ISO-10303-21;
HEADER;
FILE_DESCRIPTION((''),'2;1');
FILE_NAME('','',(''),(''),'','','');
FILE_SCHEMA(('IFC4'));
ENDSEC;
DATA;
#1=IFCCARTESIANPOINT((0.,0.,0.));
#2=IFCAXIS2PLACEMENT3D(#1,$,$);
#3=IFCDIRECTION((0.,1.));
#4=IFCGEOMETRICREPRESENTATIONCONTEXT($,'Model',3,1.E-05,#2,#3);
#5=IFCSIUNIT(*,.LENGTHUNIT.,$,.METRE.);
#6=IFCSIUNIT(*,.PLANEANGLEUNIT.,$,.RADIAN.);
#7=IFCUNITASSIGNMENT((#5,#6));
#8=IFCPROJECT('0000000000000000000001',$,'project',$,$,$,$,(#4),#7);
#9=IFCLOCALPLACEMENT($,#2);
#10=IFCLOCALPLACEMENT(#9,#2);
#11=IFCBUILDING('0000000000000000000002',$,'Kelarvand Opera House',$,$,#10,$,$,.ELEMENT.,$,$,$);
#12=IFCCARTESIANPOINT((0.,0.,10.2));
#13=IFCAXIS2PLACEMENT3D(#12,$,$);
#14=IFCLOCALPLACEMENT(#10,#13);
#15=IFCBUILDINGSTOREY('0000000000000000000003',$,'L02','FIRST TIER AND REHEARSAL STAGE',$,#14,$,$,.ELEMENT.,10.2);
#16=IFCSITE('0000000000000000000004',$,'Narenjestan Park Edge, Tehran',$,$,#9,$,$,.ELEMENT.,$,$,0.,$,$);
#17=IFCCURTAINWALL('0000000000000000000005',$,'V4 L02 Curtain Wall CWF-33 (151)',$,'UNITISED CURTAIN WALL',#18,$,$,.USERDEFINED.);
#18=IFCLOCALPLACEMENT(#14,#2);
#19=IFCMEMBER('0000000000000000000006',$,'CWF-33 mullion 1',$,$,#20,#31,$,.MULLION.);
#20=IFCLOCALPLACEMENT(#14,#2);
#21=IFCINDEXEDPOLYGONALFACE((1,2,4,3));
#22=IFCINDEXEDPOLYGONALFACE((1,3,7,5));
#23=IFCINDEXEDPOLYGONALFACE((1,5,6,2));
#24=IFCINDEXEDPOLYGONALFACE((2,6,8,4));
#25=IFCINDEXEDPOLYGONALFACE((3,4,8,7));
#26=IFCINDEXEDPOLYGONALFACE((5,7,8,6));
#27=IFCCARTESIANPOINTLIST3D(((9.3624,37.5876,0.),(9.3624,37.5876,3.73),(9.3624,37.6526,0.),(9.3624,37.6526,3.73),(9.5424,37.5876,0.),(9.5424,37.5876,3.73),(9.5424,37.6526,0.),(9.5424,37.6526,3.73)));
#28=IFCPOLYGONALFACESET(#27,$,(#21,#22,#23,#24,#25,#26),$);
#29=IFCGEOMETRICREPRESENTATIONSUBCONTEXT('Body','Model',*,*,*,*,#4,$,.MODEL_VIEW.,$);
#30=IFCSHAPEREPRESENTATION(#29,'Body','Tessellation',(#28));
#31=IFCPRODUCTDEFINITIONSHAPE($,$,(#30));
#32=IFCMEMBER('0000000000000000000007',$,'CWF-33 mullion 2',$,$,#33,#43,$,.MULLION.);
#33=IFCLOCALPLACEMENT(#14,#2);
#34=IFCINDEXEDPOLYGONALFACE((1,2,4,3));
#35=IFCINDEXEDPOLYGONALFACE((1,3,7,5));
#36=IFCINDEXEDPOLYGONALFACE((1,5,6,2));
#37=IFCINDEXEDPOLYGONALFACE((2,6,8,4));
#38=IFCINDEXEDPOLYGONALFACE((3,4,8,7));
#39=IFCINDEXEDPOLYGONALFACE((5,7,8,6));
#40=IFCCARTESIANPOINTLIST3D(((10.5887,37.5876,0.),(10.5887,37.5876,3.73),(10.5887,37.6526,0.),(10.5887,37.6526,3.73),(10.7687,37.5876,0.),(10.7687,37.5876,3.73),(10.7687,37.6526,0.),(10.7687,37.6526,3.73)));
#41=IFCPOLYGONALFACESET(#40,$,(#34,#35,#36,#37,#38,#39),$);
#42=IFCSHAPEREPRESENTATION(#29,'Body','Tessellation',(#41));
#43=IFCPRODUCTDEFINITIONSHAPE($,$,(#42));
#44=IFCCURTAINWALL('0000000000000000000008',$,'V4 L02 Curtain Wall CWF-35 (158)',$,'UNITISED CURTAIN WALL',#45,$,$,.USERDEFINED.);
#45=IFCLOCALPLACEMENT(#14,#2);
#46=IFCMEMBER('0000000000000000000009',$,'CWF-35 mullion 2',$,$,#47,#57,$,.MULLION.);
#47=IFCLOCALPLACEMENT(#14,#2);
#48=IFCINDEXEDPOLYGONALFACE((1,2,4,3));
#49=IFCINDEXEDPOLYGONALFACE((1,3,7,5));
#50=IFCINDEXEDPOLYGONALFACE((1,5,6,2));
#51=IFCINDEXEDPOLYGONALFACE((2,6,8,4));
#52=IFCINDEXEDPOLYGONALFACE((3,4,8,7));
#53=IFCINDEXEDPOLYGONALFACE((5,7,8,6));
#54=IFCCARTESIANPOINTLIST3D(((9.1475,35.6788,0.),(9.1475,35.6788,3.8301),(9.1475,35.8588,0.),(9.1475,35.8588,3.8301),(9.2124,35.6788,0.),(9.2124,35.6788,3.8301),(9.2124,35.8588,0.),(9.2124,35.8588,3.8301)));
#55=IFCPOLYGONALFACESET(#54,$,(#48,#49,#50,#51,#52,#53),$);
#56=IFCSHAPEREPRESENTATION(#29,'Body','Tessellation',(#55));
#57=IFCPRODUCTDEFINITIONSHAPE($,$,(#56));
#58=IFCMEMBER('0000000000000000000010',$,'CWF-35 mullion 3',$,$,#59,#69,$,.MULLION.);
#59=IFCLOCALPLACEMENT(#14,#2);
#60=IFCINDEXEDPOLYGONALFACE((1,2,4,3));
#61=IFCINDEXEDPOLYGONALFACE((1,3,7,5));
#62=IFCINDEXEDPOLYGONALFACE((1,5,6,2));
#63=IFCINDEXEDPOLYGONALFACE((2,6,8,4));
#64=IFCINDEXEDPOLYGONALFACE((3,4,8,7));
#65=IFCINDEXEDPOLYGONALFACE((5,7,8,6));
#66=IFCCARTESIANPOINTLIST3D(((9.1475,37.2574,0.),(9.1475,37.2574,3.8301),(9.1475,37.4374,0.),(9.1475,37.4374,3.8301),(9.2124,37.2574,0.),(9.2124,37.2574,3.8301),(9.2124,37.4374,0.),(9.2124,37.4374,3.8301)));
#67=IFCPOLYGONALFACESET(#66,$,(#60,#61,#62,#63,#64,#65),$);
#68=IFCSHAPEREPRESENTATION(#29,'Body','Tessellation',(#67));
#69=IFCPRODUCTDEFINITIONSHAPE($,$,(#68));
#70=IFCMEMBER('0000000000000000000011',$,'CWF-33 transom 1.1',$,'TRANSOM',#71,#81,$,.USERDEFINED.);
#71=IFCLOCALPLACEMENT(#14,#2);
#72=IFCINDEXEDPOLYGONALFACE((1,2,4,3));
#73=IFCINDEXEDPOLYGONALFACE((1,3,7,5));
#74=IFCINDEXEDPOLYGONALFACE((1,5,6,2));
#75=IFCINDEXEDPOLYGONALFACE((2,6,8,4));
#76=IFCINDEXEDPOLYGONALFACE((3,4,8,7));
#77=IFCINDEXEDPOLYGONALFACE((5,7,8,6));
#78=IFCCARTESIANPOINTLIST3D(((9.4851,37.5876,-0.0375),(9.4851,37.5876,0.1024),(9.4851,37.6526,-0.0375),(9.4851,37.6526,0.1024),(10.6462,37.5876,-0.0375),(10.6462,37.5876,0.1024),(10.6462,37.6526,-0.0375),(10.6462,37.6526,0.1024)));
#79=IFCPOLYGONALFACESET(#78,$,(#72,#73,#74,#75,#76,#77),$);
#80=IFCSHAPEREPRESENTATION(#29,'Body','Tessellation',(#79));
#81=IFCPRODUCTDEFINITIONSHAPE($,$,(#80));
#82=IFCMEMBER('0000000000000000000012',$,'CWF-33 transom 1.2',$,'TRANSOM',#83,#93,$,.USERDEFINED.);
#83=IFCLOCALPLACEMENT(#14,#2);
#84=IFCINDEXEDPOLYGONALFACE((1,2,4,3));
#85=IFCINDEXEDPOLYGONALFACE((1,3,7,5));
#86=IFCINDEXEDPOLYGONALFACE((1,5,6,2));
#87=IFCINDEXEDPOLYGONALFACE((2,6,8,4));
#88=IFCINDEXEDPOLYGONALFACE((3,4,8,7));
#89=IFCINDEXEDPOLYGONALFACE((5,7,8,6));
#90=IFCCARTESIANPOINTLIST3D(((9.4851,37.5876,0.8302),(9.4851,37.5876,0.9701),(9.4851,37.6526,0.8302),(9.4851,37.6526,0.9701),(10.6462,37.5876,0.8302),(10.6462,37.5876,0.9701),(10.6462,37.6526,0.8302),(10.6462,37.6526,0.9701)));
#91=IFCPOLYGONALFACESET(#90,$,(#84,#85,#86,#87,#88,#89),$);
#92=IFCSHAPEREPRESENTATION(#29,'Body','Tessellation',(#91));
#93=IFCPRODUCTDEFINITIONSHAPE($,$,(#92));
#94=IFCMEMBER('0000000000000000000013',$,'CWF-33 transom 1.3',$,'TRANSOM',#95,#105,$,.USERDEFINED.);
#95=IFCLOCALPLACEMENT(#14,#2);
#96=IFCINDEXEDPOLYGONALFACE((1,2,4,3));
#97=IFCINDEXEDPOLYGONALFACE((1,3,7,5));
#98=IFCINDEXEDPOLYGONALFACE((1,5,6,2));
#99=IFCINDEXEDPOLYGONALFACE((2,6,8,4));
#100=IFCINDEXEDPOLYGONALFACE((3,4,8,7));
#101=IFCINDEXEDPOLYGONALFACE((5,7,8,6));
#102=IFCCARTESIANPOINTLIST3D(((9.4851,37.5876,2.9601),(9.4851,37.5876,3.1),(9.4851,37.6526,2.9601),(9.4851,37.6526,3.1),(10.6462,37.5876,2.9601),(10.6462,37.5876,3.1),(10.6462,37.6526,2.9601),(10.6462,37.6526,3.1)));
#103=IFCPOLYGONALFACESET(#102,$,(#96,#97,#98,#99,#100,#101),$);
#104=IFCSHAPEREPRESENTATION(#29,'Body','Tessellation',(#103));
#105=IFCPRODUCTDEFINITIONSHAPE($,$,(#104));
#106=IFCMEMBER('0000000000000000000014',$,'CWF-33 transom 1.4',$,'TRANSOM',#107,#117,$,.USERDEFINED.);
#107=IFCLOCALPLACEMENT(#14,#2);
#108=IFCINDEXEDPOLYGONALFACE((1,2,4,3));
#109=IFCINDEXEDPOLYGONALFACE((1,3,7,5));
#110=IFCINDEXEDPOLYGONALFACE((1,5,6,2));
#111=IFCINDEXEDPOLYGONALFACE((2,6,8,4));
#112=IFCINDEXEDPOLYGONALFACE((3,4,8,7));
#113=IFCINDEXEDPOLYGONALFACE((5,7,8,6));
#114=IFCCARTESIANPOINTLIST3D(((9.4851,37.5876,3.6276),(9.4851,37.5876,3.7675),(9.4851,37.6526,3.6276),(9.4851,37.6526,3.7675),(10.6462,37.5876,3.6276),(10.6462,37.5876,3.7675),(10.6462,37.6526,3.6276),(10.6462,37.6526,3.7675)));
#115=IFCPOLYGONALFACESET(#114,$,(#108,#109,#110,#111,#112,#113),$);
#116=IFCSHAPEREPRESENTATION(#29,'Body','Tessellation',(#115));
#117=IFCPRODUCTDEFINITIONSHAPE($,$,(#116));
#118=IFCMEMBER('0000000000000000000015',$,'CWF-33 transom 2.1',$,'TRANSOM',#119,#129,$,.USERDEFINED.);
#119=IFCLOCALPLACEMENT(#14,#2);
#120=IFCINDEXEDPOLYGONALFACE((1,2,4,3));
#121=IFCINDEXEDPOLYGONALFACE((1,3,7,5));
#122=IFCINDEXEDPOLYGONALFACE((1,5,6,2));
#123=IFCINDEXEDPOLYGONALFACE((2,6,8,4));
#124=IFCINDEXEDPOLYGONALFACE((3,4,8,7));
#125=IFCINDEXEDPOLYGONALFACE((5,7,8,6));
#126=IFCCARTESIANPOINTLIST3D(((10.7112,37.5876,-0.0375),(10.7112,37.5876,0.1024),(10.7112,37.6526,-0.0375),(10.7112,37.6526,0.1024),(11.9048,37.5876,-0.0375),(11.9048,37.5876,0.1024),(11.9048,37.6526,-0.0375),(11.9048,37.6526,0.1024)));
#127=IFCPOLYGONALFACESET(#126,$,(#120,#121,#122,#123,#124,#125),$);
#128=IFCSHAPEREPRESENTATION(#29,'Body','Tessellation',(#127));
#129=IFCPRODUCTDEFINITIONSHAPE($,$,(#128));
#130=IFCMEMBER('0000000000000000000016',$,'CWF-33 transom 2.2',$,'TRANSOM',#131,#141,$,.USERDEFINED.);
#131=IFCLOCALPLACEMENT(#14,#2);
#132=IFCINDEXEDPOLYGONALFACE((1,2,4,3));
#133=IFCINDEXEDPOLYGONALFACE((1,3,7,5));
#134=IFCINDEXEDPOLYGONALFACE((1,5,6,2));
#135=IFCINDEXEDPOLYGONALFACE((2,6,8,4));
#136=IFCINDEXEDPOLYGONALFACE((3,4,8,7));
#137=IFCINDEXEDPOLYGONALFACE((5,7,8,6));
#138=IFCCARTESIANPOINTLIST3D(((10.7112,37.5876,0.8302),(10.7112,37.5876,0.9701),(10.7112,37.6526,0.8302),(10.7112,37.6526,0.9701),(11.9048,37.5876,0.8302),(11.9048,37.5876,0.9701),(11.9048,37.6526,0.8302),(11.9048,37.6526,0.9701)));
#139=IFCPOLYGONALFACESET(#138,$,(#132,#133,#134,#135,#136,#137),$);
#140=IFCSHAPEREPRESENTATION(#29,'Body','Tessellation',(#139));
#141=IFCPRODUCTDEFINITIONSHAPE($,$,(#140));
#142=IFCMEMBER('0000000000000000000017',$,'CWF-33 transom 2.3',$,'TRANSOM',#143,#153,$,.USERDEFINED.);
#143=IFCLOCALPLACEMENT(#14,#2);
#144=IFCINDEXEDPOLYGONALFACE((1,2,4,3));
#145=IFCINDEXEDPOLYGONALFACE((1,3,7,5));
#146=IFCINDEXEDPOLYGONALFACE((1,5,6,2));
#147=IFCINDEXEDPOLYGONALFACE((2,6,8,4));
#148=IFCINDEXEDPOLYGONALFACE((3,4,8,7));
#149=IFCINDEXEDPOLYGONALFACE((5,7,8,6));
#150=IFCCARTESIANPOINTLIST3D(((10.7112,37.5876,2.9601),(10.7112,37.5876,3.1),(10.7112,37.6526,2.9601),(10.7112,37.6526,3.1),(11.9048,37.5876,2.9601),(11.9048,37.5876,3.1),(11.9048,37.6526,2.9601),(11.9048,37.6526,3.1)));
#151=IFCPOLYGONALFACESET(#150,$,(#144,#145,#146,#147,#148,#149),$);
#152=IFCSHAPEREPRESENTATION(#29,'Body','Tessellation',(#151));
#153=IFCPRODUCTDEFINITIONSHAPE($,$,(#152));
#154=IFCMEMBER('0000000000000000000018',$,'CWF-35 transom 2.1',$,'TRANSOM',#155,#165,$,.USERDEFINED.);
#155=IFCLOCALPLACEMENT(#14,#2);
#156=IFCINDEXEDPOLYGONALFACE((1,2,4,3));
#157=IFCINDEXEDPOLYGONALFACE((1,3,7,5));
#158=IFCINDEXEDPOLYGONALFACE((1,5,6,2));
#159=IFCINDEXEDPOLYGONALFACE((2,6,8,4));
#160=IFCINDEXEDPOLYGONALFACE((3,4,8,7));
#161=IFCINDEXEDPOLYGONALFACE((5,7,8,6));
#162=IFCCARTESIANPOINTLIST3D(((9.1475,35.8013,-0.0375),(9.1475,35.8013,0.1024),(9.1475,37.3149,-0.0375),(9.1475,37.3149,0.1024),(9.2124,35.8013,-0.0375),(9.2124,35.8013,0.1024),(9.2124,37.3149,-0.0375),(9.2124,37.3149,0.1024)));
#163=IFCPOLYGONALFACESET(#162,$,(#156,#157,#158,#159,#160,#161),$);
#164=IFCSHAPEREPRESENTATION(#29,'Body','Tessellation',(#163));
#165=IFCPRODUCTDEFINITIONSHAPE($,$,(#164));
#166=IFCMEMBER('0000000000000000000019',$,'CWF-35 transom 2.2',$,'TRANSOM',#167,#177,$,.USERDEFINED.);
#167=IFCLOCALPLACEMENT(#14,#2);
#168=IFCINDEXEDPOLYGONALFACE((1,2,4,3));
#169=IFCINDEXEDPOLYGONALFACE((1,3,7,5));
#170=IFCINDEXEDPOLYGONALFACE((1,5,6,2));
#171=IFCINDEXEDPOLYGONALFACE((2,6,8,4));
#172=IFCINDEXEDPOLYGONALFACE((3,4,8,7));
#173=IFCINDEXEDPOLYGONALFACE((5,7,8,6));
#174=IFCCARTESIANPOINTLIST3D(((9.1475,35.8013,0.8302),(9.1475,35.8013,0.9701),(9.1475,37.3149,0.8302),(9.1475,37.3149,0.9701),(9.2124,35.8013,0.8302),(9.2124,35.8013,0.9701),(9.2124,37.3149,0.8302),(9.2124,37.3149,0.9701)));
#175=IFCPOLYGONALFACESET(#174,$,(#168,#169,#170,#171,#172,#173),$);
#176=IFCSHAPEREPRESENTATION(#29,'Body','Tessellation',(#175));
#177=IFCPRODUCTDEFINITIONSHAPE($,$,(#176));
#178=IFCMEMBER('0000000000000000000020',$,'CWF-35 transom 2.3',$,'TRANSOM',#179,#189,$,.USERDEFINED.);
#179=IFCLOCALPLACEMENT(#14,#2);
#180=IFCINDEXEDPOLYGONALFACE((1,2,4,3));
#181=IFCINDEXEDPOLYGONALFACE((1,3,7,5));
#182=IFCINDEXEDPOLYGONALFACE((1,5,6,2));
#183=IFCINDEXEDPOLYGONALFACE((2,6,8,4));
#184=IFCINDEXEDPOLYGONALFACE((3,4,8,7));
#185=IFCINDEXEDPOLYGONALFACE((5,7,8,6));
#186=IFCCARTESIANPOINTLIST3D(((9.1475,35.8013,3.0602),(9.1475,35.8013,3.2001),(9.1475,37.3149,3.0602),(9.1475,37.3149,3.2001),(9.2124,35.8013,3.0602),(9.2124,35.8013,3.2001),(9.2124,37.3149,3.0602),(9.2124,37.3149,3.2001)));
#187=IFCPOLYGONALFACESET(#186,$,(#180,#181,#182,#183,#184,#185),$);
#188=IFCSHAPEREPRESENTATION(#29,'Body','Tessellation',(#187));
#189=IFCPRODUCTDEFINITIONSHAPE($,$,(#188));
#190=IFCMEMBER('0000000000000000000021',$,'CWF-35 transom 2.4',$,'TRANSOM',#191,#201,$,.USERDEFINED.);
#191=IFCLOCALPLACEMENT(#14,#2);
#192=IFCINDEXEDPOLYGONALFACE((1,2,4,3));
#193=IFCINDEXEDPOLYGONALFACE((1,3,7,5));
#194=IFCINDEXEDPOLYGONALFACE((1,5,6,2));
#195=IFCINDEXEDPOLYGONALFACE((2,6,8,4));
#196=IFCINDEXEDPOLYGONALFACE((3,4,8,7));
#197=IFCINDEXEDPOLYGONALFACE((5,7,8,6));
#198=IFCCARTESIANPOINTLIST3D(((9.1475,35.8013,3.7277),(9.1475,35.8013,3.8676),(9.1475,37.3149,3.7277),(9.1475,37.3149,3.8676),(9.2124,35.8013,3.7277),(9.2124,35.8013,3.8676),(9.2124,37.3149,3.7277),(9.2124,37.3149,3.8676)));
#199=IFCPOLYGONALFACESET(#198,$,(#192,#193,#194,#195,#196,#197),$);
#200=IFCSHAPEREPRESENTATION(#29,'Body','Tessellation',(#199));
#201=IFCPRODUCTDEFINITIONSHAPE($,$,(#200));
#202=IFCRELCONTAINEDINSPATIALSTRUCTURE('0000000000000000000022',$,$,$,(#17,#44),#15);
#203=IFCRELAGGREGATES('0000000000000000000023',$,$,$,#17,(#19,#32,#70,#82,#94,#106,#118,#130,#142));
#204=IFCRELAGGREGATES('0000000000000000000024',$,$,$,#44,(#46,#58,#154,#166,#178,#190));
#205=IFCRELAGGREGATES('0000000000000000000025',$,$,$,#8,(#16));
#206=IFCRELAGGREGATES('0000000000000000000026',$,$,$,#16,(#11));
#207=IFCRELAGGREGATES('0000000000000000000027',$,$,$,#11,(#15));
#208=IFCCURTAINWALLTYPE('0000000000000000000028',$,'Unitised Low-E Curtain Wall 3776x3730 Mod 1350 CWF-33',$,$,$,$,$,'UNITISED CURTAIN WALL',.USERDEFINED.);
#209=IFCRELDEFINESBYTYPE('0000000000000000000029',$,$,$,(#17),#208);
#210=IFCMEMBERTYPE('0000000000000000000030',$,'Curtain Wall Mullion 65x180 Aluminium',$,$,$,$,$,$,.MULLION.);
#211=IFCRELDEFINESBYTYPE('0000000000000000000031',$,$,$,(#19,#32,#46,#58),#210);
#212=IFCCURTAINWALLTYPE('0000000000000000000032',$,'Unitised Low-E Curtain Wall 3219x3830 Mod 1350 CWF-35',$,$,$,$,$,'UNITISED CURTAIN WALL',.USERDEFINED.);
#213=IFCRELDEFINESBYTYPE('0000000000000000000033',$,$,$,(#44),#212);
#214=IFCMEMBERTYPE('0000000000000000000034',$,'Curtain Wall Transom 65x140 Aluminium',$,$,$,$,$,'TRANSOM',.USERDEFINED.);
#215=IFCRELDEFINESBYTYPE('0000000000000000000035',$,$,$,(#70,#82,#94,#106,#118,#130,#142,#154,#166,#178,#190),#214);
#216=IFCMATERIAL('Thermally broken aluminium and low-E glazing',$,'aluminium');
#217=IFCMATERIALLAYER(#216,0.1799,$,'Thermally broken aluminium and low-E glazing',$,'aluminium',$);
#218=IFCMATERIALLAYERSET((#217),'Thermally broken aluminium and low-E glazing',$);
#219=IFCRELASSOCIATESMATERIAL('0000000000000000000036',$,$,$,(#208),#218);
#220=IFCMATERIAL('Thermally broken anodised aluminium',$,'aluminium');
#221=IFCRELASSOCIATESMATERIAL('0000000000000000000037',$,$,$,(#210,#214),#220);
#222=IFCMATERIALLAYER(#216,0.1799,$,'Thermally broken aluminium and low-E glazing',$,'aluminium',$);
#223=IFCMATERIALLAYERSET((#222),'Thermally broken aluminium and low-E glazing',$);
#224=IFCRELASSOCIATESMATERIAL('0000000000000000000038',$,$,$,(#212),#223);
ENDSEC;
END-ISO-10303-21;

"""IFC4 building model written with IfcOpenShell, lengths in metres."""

from ifc_helpers import new_model, si_unit, direction, frame, origin, origin_2d, place, context, subcontext, project, spatial, rectangle, extrude, material, layer, layer_set, material_profile, profile_set, type_object, element, aggregate, save


model = new_model("IFC4")

# Units and contexts
model_context = context("Model", 3, precision=1e-05, world=origin(), true_north=direction((0.0, 1.0)))
body_context = subcontext(model_context, "Body", "Model", "MODEL_VIEW")
ifc_project = project(units=[si_unit("LENGTHUNIT", "METRE"), si_unit("PLANEANGLEUNIT", "RADIAN")], contexts=[model_context])

# Site, building, storey
site_placement = place(None, origin())
site = spatial("IfcSite", under=ifc_project, at=site_placement, Name="Narenjestan Park Edge, Tehran", CompositionType="ELEMENT", RefElevation=0.0)
building_placement = place(site_placement, origin())
building = spatial("IfcBuilding", under=site, at=building_placement, Name="Kelarvand Opera House", CompositionType="ELEMENT")
storey_placement = place(building_placement, frame((0.0, 0.0, 10.2)))
storey = spatial("IfcBuildingStorey", under=building, at=storey_placement, Name="L02", Description="FIRST TIER AND REHEARSAL STAGE", CompositionType="ELEMENT", Elevation=10.2)

# Curtain walls, members
ifc_material_1 = material(Name="Thermally broken aluminium and low-E glazing", Category="aluminium")
ifc_layer_1 = layer(ifc_material_1, 0.1799, Name="Thermally broken aluminium and low-E glazing", Category="aluminium")
ifc_layer_set_1 = layer_set([ifc_layer_1], Name="Thermally broken aluminium and low-E glazing")
curtain_wall_type_1 = type_object("IfcCurtainWallType", Name="Unitised Low-E Curtain Wall 3776x3730 Mod 1350 CWF-33", ElementType="UNITISED CURTAIN WALL", PredefinedType="USERDEFINED", material=ifc_layer_set_1)
curtain_wall_1_placement = place(storey_placement, origin())
curtain_wall_1 = element("IfcCurtainWall", 1, at=curtain_wall_1_placement, inside=storey, type_object=curtain_wall_type_1, Name="V4 L02 Curtain Wall CWF-33 (151)", ObjectType="UNITISED CURTAIN WALL", PredefinedType="USERDEFINED")
ifc_material_2 = material(Name="Thermally broken anodised aluminium", Category="aluminium")
ifc_material_profile_1 = material_profile(ifc_material_2, rectangle(XDim=0.0649, YDim=0.1799, at=origin_2d()), Name="ALU MULLION 65x180", Category="aluminium")
ifc_profile_set_1 = profile_set([ifc_material_profile_1], Name="Thermally broken anodised aluminium")
member_type_1 = type_object("IfcMemberType", Name="Curtain Wall Mullion 65x180 Aluminium", PredefinedType="MULLION", material=ifc_profile_set_1)
member_1_placement = place(storey_placement, frame((9.4524, 37.6201, 0.0), z_axis=(0.0, 0.0, 1.0), x_axis=(0.0, 1.0, 0.0)))
member_1 = element("IfcMember", 2, at=member_1_placement, type_object=member_type_1, Name="CWF-33 mullion 1", PredefinedType="MULLION", context=body_context, shape_type="SweptSolid", body=[
    extrude(rectangle(XDim=0.0649, YDim=0.1799, at=origin_2d()), origin(), (0.0, 0.0, 1.0), 3.73),
])
member_2_placement = place(storey_placement, frame((10.6787, 37.6201, 0.0), z_axis=(0.0, 0.0, 1.0), x_axis=(0.0, 1.0, 0.0)))
member_2 = element("IfcMember", 3, at=member_2_placement, type_object=member_type_1, Name="CWF-33 mullion 2", PredefinedType="MULLION", context=body_context, shape_type="SweptSolid", body=[
    extrude(rectangle(XDim=0.0649, YDim=0.1799, at=origin_2d()), origin(), (0.0, 0.0, 1.0), 3.73),
])
ifc_layer_2 = layer(ifc_material_1, 0.1799, Name="Thermally broken aluminium and low-E glazing", Category="aluminium")
ifc_layer_set_2 = layer_set([ifc_layer_2], Name="Thermally broken aluminium and low-E glazing")
curtain_wall_type_2 = type_object("IfcCurtainWallType", Name="Unitised Low-E Curtain Wall 3219x3830 Mod 1350 CWF-35", ElementType="UNITISED CURTAIN WALL", PredefinedType="USERDEFINED", material=ifc_layer_set_2)
curtain_wall_2_placement = place(storey_placement, origin())
curtain_wall_2 = element("IfcCurtainWall", 4, at=curtain_wall_2_placement, inside=storey, type_object=curtain_wall_type_2, Name="V4 L02 Curtain Wall CWF-35 (158)", ObjectType="UNITISED CURTAIN WALL", PredefinedType="USERDEFINED")
member_3_placement = place(storey_placement, frame((9.1799, 35.7688, 0.0), z_axis=(0.0, 0.0, 1.0), x_axis=(-1.0, 0.0, 0.0)))
member_3 = element("IfcMember", 5, at=member_3_placement, type_object=member_type_1, Name="CWF-35 mullion 2", PredefinedType="MULLION", context=body_context, shape_type="SweptSolid", body=[
    extrude(rectangle(XDim=0.0649, YDim=0.1799, at=origin_2d()), origin(), (0.0, 0.0, 1.0), 3.8301),
])
member_4_placement = place(storey_placement, frame((9.1799, 37.3474, 0.0), z_axis=(0.0, 0.0, 1.0), x_axis=(-1.0, 0.0, 0.0)))
member_4 = element("IfcMember", 6, at=member_4_placement, type_object=member_type_1, Name="CWF-35 mullion 3", PredefinedType="MULLION", context=body_context, shape_type="SweptSolid", body=[
    extrude(rectangle(XDim=0.0649, YDim=0.1799, at=origin_2d()), origin(), (0.0, 0.0, 1.0), 3.8301),
])

# Members
ifc_material_profile_2 = material_profile(ifc_material_2, rectangle(XDim=0.0649, YDim=0.1399, at=origin_2d()), Name="ALU TRANSOM 65x140", Category="aluminium")
ifc_profile_set_2 = profile_set([ifc_material_profile_2], Name="Thermally broken anodised aluminium")
member_type_2 = type_object("IfcMemberType", Name="Curtain Wall Transom 65x140 Aluminium", ElementType="TRANSOM", PredefinedType="USERDEFINED", material=ifc_profile_set_2)
member_5_placement = place(storey_placement, frame((9.4851, 37.6201, 0.0325), z_axis=(1.0, 0.0, 0.0), x_axis=(0.0, 1.0, 0.0)))
member_5 = element("IfcMember", 7, at=member_5_placement, type_object=member_type_2, Name="CWF-33 transom 1.1", ObjectType="TRANSOM", PredefinedType="USERDEFINED", context=body_context, shape_type="SweptSolid", body=[
    extrude(rectangle(XDim=0.0649, YDim=0.1399, at=origin_2d()), origin(), (0.0, 0.0, 1.0), 1.1611),
])
member_6_placement = place(storey_placement, frame((9.4851, 37.6201, 0.9001), z_axis=(1.0, 0.0, 0.0), x_axis=(0.0, 1.0, 0.0)))
member_6 = element("IfcMember", 8, at=member_6_placement, type_object=member_type_2, Name="CWF-33 transom 1.2", ObjectType="TRANSOM", PredefinedType="USERDEFINED", context=body_context, shape_type="SweptSolid", body=[
    extrude(rectangle(XDim=0.0649, YDim=0.1399, at=origin_2d()), origin(), (0.0, 0.0, 1.0), 1.1611),
])
member_7_placement = place(storey_placement, frame((9.4851, 37.6201, 3.03), z_axis=(1.0, 0.0, 0.0), x_axis=(0.0, 1.0, 0.0)))
member_7 = element("IfcMember", 9, at=member_7_placement, type_object=member_type_2, Name="CWF-33 transom 1.3", ObjectType="TRANSOM", PredefinedType="USERDEFINED", context=body_context, shape_type="SweptSolid", body=[
    extrude(rectangle(XDim=0.0649, YDim=0.1399, at=origin_2d()), origin(), (0.0, 0.0, 1.0), 1.1611),
])
member_8_placement = place(storey_placement, frame((9.4851, 37.6201, 3.6975), z_axis=(1.0, 0.0, 0.0), x_axis=(0.0, 1.0, 0.0)))
member_8 = element("IfcMember", 10, at=member_8_placement, type_object=member_type_2, Name="CWF-33 transom 1.4", ObjectType="TRANSOM", PredefinedType="USERDEFINED", context=body_context, shape_type="SweptSolid", body=[
    extrude(rectangle(XDim=0.0649, YDim=0.1399, at=origin_2d()), origin(), (0.0, 0.0, 1.0), 1.1611),
])
member_9_placement = place(storey_placement, frame((10.7112, 37.6201, 0.0325), z_axis=(1.0, 0.0, 0.0), x_axis=(0.0, 1.0, 0.0)))
member_9 = element("IfcMember", 11, at=member_9_placement, type_object=member_type_2, Name="CWF-33 transom 2.1", ObjectType="TRANSOM", PredefinedType="USERDEFINED", context=body_context, shape_type="SweptSolid", body=[
    extrude(rectangle(XDim=0.0649, YDim=0.1399, at=origin_2d()), origin(), (0.0, 0.0, 1.0), 1.1936),
])
member_10_placement = place(storey_placement, frame((10.7112, 37.6201, 0.9001), z_axis=(1.0, 0.0, 0.0), x_axis=(0.0, 1.0, 0.0)))
member_10 = element("IfcMember", 12, at=member_10_placement, type_object=member_type_2, Name="CWF-33 transom 2.2", ObjectType="TRANSOM", PredefinedType="USERDEFINED", context=body_context, shape_type="SweptSolid", body=[
    extrude(rectangle(XDim=0.0649, YDim=0.1399, at=origin_2d()), origin(), (0.0, 0.0, 1.0), 1.1936),
])
member_11_placement = place(storey_placement, frame((10.7112, 37.6201, 3.03), z_axis=(1.0, 0.0, 0.0), x_axis=(0.0, 1.0, 0.0)))
member_11 = element("IfcMember", 13, at=member_11_placement, type_object=member_type_2, Name="CWF-33 transom 2.3", ObjectType="TRANSOM", PredefinedType="USERDEFINED", context=body_context, shape_type="SweptSolid", body=[
    extrude(rectangle(XDim=0.0649, YDim=0.1399, at=origin_2d()), origin(), (0.0, 0.0, 1.0), 1.1936),
])
member_12_placement = place(storey_placement, frame((9.1799, 35.8013, 0.0325), z_axis=(0.0, 1.0, 0.0), x_axis=(-1.0, 0.0, 0.0)))
member_12 = element("IfcMember", 14, at=member_12_placement, type_object=member_type_2, Name="CWF-35 transom 2.1", ObjectType="TRANSOM", PredefinedType="USERDEFINED", context=body_context, shape_type="SweptSolid", body=[
    extrude(rectangle(XDim=0.0649, YDim=0.1399, at=origin_2d()), origin(), (0.0, 0.0, 1.0), 1.5137),
])
member_13_placement = place(storey_placement, frame((9.1799, 35.8013, 0.9001), z_axis=(0.0, 1.0, 0.0), x_axis=(-1.0, 0.0, 0.0)))
member_13 = element("IfcMember", 15, at=member_13_placement, type_object=member_type_2, Name="CWF-35 transom 2.2", ObjectType="TRANSOM", PredefinedType="USERDEFINED", context=body_context, shape_type="SweptSolid", body=[
    extrude(rectangle(XDim=0.0649, YDim=0.1399, at=origin_2d()), origin(), (0.0, 0.0, 1.0), 1.5137),
])
member_14_placement = place(storey_placement, frame((9.1799, 35.8013, 3.1301), z_axis=(0.0, 1.0, 0.0), x_axis=(-1.0, 0.0, 0.0)))
member_14 = element("IfcMember", 16, at=member_14_placement, type_object=member_type_2, Name="CWF-35 transom 2.3", ObjectType="TRANSOM", PredefinedType="USERDEFINED", context=body_context, shape_type="SweptSolid", body=[
    extrude(rectangle(XDim=0.0649, YDim=0.1399, at=origin_2d()), origin(), (0.0, 0.0, 1.0), 1.5137),
])
member_15_placement = place(storey_placement, frame((9.1799, 35.8013, 3.7976), z_axis=(0.0, 1.0, 0.0), x_axis=(-1.0, 0.0, 0.0)))
member_15 = element("IfcMember", 17, at=member_15_placement, type_object=member_type_2, Name="CWF-35 transom 2.4", ObjectType="TRANSOM", PredefinedType="USERDEFINED", context=body_context, shape_type="SweptSolid", body=[
    extrude(rectangle(XDim=0.0649, YDim=0.1399, at=origin_2d()), origin(), (0.0, 0.0, 1.0), 1.5137),
])

aggregate(curtain_wall_1, [member_1, member_2, member_5, member_6, member_7, member_8, member_9, member_10, member_11])
aggregate(curtain_wall_2, [member_3, member_4, member_12, member_13, member_14, member_15])

save(model, "model.ifc")
